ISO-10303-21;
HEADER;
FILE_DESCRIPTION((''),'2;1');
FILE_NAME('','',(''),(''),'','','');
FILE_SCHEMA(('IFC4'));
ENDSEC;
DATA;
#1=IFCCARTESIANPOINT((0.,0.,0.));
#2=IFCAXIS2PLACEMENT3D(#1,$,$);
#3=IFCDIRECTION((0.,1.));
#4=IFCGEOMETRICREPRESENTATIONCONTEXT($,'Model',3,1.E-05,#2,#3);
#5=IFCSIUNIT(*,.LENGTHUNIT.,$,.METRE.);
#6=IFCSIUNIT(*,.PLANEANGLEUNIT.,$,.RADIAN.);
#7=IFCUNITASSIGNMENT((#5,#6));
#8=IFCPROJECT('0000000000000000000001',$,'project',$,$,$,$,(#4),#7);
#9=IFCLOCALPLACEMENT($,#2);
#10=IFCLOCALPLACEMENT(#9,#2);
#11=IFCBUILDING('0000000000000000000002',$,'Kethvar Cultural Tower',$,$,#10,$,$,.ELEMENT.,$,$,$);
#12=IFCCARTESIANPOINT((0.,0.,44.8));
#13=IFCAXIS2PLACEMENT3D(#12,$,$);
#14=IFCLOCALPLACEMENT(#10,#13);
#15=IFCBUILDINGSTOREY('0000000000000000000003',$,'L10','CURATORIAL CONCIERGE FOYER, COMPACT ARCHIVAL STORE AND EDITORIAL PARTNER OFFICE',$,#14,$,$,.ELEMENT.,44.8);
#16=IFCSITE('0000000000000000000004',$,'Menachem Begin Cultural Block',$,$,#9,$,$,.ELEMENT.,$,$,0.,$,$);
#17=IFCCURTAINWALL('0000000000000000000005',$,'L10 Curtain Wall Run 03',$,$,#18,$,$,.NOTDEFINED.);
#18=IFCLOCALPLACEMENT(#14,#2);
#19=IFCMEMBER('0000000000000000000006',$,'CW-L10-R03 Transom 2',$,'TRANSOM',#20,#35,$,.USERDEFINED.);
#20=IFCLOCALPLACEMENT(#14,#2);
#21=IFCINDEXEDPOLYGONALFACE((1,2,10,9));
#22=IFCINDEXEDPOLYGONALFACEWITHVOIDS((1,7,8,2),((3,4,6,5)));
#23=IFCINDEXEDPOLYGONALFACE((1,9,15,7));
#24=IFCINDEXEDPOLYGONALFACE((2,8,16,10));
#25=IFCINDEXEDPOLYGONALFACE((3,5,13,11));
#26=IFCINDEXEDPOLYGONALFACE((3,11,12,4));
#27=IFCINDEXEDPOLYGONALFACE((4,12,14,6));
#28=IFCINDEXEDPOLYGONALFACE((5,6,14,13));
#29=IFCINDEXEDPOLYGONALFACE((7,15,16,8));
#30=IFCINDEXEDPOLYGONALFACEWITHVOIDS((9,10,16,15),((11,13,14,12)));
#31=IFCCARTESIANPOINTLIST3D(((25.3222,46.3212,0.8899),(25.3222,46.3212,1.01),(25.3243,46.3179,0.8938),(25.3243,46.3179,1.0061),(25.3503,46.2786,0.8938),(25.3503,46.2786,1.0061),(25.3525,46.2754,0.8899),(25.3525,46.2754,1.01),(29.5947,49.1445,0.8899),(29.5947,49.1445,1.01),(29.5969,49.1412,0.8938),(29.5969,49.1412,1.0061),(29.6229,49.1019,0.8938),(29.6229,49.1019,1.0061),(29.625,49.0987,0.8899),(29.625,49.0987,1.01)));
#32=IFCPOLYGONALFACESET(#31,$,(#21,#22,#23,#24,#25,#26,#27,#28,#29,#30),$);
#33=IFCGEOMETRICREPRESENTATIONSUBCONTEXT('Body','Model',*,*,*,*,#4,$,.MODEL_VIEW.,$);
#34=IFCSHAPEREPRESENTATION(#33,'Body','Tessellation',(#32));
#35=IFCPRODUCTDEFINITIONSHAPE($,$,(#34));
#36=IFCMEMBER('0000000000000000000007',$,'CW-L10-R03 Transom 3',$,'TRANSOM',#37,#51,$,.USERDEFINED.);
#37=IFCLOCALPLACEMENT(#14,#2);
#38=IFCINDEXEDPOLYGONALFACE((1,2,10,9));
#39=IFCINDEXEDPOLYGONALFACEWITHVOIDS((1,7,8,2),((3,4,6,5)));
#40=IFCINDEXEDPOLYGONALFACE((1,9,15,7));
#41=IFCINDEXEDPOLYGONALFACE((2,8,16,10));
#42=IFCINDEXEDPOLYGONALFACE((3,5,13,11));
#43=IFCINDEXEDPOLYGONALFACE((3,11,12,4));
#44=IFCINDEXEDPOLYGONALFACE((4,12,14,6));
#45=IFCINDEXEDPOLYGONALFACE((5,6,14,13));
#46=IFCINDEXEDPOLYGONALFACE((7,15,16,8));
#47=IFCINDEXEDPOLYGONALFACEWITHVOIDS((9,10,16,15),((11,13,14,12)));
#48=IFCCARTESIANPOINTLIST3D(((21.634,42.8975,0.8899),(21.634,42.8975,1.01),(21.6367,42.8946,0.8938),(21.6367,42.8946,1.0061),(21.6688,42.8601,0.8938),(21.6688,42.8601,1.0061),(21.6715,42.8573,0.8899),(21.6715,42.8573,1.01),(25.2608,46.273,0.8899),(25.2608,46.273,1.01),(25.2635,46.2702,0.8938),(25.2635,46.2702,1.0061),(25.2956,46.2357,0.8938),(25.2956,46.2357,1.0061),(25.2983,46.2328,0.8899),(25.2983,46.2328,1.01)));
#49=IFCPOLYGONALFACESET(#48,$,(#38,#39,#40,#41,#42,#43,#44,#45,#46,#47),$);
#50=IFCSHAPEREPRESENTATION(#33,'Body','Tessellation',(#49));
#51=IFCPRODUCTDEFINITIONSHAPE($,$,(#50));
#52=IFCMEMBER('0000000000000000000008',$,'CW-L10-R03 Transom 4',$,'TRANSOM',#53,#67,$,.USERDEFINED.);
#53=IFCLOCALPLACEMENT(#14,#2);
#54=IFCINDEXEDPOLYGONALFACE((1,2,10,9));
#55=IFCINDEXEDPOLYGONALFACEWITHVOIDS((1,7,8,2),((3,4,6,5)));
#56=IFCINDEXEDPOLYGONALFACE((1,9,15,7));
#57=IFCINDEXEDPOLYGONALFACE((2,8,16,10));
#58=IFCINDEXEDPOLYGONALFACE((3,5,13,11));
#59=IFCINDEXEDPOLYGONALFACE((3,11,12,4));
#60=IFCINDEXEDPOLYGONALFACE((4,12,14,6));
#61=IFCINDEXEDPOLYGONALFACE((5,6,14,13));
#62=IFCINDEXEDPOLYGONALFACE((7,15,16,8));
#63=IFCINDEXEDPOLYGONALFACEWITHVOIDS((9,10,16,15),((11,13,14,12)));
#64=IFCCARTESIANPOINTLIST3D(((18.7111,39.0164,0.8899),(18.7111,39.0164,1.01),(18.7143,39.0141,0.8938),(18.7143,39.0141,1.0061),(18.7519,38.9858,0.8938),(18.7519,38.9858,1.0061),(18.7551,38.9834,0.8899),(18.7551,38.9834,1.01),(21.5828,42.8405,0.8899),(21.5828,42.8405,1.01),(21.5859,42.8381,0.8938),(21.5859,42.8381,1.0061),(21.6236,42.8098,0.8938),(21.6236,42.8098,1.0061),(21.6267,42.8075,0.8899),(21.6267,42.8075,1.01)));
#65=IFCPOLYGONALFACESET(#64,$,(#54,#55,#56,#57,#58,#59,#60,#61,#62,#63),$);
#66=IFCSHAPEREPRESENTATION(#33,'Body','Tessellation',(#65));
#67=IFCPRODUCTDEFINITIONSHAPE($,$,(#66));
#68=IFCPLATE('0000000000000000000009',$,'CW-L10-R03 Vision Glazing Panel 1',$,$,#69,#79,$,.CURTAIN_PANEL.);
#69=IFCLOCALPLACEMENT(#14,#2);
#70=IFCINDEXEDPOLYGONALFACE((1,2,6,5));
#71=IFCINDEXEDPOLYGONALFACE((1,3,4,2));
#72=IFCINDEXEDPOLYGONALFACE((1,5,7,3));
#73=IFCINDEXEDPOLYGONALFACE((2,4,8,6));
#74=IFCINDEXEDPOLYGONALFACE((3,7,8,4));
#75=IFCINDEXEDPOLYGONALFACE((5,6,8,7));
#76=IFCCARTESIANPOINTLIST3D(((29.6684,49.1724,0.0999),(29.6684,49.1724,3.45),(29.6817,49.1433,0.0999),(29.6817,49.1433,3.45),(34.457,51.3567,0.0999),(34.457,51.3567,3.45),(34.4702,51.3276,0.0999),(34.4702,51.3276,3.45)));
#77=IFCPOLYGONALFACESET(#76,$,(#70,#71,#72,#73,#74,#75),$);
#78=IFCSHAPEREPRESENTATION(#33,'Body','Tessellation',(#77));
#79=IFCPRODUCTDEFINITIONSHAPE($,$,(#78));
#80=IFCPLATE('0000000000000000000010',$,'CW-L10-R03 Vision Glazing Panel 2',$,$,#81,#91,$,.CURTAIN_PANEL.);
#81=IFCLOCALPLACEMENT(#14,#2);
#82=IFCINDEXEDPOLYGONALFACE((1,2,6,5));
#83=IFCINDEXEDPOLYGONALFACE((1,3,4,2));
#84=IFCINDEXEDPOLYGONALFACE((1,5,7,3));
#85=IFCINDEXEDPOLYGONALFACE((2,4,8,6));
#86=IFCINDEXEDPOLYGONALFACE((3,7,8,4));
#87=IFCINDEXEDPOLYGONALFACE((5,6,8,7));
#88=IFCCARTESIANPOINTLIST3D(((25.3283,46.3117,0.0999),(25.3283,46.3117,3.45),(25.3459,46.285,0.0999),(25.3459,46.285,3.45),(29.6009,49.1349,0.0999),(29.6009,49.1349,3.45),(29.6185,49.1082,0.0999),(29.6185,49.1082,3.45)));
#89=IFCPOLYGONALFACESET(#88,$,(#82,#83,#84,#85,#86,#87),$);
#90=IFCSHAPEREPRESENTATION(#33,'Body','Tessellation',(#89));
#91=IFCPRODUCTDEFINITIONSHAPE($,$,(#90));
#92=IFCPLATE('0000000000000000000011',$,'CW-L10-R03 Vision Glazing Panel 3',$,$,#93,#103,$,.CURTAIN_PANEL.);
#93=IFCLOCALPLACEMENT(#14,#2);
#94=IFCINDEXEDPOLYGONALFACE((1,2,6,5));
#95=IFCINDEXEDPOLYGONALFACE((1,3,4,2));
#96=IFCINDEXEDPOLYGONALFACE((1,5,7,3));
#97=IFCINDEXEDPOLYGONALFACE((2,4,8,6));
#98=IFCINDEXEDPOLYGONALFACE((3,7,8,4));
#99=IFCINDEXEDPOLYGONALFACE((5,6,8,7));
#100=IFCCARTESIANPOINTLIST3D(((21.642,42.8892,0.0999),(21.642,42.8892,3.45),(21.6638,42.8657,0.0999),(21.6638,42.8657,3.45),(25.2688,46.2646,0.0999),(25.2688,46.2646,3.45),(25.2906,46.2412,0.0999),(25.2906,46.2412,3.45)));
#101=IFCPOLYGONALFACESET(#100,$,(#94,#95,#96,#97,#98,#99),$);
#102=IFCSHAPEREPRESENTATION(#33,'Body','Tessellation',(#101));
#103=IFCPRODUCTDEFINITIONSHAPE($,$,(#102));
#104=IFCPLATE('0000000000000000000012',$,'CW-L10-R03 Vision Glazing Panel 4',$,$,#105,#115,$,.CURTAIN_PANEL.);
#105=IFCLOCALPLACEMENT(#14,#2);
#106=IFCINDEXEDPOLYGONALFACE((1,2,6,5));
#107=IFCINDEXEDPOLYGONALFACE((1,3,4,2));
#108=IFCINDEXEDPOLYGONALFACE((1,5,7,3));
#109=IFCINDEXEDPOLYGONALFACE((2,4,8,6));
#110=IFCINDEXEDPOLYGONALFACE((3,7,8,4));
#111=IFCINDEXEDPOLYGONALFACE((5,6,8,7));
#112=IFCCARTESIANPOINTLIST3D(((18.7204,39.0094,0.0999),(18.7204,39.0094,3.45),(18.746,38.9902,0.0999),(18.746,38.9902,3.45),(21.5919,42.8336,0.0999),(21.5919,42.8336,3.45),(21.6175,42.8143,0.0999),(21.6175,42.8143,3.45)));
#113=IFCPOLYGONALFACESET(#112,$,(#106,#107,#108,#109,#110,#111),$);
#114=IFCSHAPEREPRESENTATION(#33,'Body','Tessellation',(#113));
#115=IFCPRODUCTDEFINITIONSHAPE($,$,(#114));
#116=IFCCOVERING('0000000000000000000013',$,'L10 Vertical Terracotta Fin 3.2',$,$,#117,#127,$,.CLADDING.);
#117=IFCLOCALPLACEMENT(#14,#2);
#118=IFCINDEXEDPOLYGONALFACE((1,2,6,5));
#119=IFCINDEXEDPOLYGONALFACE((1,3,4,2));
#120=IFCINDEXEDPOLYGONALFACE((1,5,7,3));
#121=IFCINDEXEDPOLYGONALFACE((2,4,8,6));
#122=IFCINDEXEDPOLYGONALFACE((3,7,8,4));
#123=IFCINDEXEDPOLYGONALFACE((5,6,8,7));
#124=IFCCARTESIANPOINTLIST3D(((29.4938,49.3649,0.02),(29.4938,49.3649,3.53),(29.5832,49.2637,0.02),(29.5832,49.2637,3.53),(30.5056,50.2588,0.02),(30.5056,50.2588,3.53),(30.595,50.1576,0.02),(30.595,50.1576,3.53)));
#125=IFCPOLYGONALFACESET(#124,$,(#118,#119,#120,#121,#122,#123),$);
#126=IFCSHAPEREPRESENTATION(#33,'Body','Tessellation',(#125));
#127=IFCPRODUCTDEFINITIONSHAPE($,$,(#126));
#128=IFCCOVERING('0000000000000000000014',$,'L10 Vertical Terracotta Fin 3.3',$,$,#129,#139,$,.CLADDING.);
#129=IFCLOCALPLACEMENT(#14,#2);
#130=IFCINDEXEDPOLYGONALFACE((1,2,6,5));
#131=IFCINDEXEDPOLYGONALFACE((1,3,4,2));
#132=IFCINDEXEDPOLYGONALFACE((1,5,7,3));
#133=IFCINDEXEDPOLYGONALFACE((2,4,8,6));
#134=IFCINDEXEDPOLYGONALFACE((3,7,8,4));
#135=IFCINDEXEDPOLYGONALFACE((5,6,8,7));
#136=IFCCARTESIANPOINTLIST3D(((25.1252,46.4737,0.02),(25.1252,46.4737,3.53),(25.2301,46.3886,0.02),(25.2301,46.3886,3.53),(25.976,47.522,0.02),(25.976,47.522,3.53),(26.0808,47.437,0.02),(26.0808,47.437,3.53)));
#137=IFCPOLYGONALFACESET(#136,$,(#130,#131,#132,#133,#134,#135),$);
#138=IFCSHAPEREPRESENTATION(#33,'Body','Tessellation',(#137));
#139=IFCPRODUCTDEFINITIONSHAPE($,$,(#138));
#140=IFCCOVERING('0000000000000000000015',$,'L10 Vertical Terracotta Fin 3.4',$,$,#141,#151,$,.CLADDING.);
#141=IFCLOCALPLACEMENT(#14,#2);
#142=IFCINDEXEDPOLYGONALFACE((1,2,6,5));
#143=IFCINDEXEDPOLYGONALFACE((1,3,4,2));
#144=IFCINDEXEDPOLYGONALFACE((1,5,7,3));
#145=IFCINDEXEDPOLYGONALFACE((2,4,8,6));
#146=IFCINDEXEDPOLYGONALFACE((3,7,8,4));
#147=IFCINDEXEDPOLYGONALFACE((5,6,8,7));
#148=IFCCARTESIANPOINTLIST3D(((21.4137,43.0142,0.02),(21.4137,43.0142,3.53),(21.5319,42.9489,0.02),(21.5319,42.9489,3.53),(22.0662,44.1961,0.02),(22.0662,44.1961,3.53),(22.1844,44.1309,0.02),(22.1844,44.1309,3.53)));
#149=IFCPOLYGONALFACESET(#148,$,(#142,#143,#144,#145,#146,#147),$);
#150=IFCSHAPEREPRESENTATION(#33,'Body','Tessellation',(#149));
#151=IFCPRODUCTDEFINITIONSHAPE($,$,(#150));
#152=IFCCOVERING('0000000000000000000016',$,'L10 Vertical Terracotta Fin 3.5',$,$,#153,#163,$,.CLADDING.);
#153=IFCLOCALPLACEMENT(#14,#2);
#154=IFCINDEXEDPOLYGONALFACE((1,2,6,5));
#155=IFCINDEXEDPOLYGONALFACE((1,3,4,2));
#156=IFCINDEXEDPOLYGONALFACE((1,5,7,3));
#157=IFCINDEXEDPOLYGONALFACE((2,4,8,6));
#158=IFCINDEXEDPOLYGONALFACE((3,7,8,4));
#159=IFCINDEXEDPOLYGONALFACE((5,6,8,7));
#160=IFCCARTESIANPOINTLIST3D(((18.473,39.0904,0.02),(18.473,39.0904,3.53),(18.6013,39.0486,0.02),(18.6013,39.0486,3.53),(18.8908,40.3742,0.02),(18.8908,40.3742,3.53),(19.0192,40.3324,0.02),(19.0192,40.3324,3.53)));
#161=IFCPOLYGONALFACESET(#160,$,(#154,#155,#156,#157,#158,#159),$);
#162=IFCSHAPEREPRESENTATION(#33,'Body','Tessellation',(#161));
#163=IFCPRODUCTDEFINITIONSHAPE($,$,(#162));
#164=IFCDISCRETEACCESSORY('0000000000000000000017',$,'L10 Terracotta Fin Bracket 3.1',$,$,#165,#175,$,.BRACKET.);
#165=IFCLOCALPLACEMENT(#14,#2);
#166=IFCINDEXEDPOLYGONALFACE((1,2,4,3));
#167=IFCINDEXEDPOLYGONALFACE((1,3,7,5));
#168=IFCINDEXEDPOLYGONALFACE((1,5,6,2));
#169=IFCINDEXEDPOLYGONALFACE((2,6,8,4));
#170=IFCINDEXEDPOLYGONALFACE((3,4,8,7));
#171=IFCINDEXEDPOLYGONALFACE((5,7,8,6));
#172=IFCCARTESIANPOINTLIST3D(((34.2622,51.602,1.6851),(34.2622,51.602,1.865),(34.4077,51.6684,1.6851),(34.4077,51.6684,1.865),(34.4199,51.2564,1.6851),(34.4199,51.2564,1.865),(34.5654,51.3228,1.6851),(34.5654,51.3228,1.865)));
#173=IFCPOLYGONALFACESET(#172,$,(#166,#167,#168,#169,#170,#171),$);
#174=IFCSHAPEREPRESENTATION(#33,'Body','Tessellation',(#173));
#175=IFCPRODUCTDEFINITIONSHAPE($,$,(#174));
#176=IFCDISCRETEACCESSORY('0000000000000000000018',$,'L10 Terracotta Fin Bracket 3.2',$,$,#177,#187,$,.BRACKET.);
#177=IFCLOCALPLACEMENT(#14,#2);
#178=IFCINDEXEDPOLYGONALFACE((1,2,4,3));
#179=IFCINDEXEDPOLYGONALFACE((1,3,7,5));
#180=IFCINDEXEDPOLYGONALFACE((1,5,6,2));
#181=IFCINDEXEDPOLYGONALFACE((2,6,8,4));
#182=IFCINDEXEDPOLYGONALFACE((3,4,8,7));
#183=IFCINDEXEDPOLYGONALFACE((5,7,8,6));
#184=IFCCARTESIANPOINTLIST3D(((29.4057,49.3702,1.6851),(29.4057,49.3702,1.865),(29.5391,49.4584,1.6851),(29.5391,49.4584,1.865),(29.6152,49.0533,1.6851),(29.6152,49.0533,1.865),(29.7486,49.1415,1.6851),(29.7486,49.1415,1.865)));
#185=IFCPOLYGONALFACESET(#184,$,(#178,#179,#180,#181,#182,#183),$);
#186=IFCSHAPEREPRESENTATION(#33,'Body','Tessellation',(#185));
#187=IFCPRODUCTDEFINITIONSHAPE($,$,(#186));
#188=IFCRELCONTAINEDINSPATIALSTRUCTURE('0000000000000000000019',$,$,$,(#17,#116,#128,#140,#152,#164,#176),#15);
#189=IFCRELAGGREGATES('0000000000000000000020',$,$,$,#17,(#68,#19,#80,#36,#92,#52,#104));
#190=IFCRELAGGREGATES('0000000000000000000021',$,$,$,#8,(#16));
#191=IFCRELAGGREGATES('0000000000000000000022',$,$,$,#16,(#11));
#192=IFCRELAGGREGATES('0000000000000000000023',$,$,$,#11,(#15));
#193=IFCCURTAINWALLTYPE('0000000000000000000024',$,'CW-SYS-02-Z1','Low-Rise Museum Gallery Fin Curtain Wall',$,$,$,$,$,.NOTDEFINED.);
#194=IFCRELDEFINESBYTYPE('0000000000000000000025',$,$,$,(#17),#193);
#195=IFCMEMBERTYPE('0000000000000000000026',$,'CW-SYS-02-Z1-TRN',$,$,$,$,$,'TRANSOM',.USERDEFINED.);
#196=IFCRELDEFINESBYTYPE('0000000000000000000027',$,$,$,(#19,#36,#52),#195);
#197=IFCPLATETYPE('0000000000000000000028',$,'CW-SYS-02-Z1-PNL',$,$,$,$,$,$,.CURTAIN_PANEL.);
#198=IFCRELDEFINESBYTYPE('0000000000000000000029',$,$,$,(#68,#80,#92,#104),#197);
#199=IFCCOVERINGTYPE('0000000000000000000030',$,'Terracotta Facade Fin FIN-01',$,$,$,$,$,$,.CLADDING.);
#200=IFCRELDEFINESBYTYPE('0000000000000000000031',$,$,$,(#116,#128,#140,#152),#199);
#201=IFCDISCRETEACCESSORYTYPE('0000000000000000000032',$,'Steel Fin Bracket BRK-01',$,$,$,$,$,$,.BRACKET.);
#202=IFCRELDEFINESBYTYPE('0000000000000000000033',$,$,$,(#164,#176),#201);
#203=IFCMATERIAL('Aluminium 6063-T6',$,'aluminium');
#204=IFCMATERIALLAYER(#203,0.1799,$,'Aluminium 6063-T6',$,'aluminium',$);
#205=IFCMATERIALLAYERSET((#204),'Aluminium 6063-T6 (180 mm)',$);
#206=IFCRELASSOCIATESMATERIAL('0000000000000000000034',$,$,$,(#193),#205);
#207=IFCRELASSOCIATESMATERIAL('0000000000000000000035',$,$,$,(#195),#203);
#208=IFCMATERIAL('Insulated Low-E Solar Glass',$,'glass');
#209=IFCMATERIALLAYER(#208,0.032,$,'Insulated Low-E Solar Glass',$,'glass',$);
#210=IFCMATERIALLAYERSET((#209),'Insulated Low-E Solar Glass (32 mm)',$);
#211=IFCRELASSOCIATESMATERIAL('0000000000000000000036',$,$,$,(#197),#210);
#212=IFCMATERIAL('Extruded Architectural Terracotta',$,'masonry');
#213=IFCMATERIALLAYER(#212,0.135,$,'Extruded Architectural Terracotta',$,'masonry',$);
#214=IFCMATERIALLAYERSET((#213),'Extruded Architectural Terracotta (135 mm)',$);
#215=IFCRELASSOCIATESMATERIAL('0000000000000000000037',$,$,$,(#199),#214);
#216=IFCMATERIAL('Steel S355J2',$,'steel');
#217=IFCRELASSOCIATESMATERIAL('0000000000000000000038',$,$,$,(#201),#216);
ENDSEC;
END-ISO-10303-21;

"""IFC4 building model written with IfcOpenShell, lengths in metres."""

from ifc_helpers import new_model, si_unit, direction, frame, origin, origin_2d, place, context, subcontext, project, spatial, rectangle, hollow_rectangle, extrude, source, transform, mapped, material, layer, layer_set, material_profile, profile_set, type_object, element, aggregate, save


model = new_model("IFC4")

# Units and contexts
model_context = context("Model", 3, precision=1e-05, world=origin(), true_north=direction((0.0, 1.0)))
body_context = subcontext(model_context, "Body", "Model", "MODEL_VIEW")
ifc_project = project(units=[si_unit("LENGTHUNIT", "METRE"), si_unit("PLANEANGLEUNIT", "RADIAN")], contexts=[model_context])

# Site, building, storey
site_placement = place(None, origin())
site = spatial("IfcSite", under=ifc_project, at=site_placement, Name="Menachem Begin Cultural Block", CompositionType="ELEMENT", RefElevation=0.0)
building_placement = place(site_placement, origin())
building = spatial("IfcBuilding", under=site, at=building_placement, Name="Kethvar Cultural Tower", CompositionType="ELEMENT")
storey_placement = place(building_placement, frame((0.0, 0.0, 44.8)))
storey = spatial("IfcBuildingStorey", under=building, at=storey_placement, Name="L10", Description="CURATORIAL CONCIERGE FOYER, COMPACT ARCHIVAL STORE AND EDITORIAL PARTNER OFFICE", CompositionType="ELEMENT", Elevation=44.8)

# Shared definitions
ifc_material_1 = material(Name="Steel S355J2", Category="steel")

# Curtain wall, members, plates
ifc_material_2 = material(Name="Aluminium 6063-T6", Category="aluminium")
ifc_layer_1 = layer(ifc_material_2, 0.1799, Name="Aluminium 6063-T6", Category="aluminium")
ifc_layer_set_1 = layer_set([ifc_layer_1], Name="Aluminium 6063-T6 (180 mm)")
curtain_wall_type = type_object("IfcCurtainWallType", Name="CW-SYS-02-Z1", Description="Low-Rise Museum Gallery Fin Curtain Wall", PredefinedType="NOTDEFINED", material=ifc_layer_set_1)
curtain_wall_placement = place(storey_placement, origin())
curtain_wall = element("IfcCurtainWall", 1, at=curtain_wall_placement, inside=storey, type_object=curtain_wall_type, Name="L10 Curtain Wall Run 03", PredefinedType="NOTDEFINED")
ifc_material_profile_1 = material_profile(ifc_material_2, hollow_rectangle(XDim=0.0549, YDim=0.1201, WallThickness=0.0039, at=origin_2d()), Name="Aluminium 6063-T6 — RHS120x55x4")
ifc_profile_set_1 = profile_set([ifc_material_profile_1], Name="Aluminium 6063-T6 — RHS120x55x4")
member_type_1 = type_object("IfcMemberType", Name="CW-SYS-02-Z1-TRN", ElementType="TRANSOM", PredefinedType="USERDEFINED", material=ifc_profile_set_1)
shared_shape_1 = source(origin(), body_context, "Body", "SweptSolid", [
    extrude(hollow_rectangle(XDim=0.0549, YDim=0.1201, WallThickness=0.0039, at=origin_2d()), origin(), (0.0, 0.0, 1.0), 5.1211),
])
member_1_placement = place(storey_placement, frame((29.6099, 49.1216, 0.95), z_axis=(-0.834302, -0.551307, 0.0), x_axis=(0.551307, -0.834302, 0.0)))
member_1 = element("IfcMember", 2, at=member_1_placement, type_object=member_type_1, Name="CW-L10-R03 Transom 2", ObjectType="TRANSOM", PredefinedType="USERDEFINED", context=body_context, shape_type="MappedRepresentation", body=[
    mapped(shared_shape_1, transform((0.0, 0.0, 0.0), scale=1.0)),
])
shared_shape_2 = source(origin(), body_context, "Body", "SweptSolid", [
    extrude(hollow_rectangle(XDim=0.0549, YDim=0.1201, WallThickness=0.0039, at=origin_2d()), origin(), (0.0, 0.0, 1.0), 4.9546),
])
member_2_placement = place(storey_placement, frame((25.2795, 46.2529, 0.95), z_axis=(-0.732005, -0.681299, 0.0), x_axis=(0.681299, -0.732005, 0.0)))
member_2 = element("IfcMember", 3, at=member_2_placement, type_object=member_type_1, Name="CW-L10-R03 Transom 3", ObjectType="TRANSOM", PredefinedType="USERDEFINED", context=body_context, shape_type="MappedRepresentation", body=[
    mapped(shared_shape_2, transform((0.0, 0.0, 0.0), scale=1.0)),
])
shared_shape_3 = source(origin(), body_context, "Body", "SweptSolid", [
    extrude(hollow_rectangle(XDim=0.0549, YDim=0.1201, WallThickness=0.0039, at=origin_2d()), origin(), (0.0, 0.0, 1.0), 4.7822),
])
member_3_placement = place(storey_placement, frame((21.6047, 42.824, 0.95), z_axis=(-0.600482, -0.799638, 0.0), x_axis=(0.799638, -0.600482, 0.0)))
member_3 = element("IfcMember", 4, at=member_3_placement, type_object=member_type_1, Name="CW-L10-R03 Transom 4", ObjectType="TRANSOM", PredefinedType="USERDEFINED", context=body_context, shape_type="MappedRepresentation", body=[
    mapped(shared_shape_3, transform((0.0, 0.0, 0.0), scale=1.0)),
])
ifc_material_3 = material(Name="Insulated Low-E Solar Glass", Category="glass")
ifc_layer_2 = layer(ifc_material_3, 0.032, Name="Insulated Low-E Solar Glass", Category="glass")
ifc_layer_set_2 = layer_set([ifc_layer_2], Name="Insulated Low-E Solar Glass (32 mm)")
plate_type = type_object("IfcPlateType", Name="CW-SYS-02-Z1-PNL", PredefinedType="CURTAIN_PANEL", material=ifc_layer_set_2)
shared_shape_4 = source(origin(), body_context, "Body", "SweptSolid", [
    extrude(rectangle(XDim=5.2632, YDim=0.032, at=origin_2d()), origin(), (0.0, 0.0, 1.0), 3.3501),
])
plate_1_placement = place(storey_placement, frame((32.0693, 50.25, 0.0999), z_axis=(0.0, 0.0, 1.0), x_axis=(-0.909816, -0.415011, 0.0)))
plate_1 = element("IfcPlate", 5, at=plate_1_placement, type_object=plate_type, Name="CW-L10-R03 Vision Glazing Panel 1", PredefinedType="CURTAIN_PANEL", context=body_context, shape_type="MappedRepresentation", body=[
    mapped(shared_shape_4, transform((0.0, 0.0, 0.0), scale=1.0)),
])
shared_shape_5 = source(origin(), body_context, "Body", "SweptSolid", [
    extrude(rectangle(XDim=5.1211, YDim=0.032, at=origin_2d()), origin(), (0.0, 0.0, 1.0), 3.3501),
])
plate_2_placement = place(storey_placement, frame((27.4734, 47.71, 0.0999), z_axis=(0.0, 0.0, 1.0), x_axis=(-0.834309, -0.551296, 0.0)))
plate_2 = element("IfcPlate", 6, at=plate_2_placement, type_object=plate_type, Name="CW-L10-R03 Vision Glazing Panel 2", PredefinedType="CURTAIN_PANEL", context=body_context, shape_type="MappedRepresentation", body=[
    mapped(shared_shape_5, transform((0.0, 0.0, 0.0), scale=1.0)),
])
shared_shape_6 = source(origin(), body_context, "Body", "SweptSolid", [
    extrude(rectangle(XDim=4.9546, YDim=0.032, at=origin_2d()), origin(), (0.0, 0.0, 1.0), 3.3501),
])
plate_3_placement = place(storey_placement, frame((23.4663, 44.5652, 0.0999), z_axis=(0.0, 0.0, 1.0), x_axis=(-0.73202, -0.681283, 0.0)))
plate_3 = element("IfcPlate", 7, at=plate_3_placement, type_object=plate_type, Name="CW-L10-R03 Vision Glazing Panel 3", PredefinedType="CURTAIN_PANEL", context=body_context, shape_type="MappedRepresentation", body=[
    mapped(shared_shape_6, transform((0.0, 0.0, 0.0), scale=1.0)),
])
shared_shape_7 = source(origin(), body_context, "Body", "SweptSolid", [
    extrude(rectangle(XDim=4.7822, YDim=0.032, at=origin_2d()), origin(), (0.0, 0.0, 1.0), 3.3501),
])
plate_4_placement = place(storey_placement, frame((20.1689, 40.9119, 0.0999), z_axis=(0.0, 0.0, 1.0), x_axis=(-0.600448, -0.799664, 0.0)))
plate_4 = element("IfcPlate", 8, at=plate_4_placement, type_object=plate_type, Name="CW-L10-R03 Vision Glazing Panel 4", PredefinedType="CURTAIN_PANEL", context=body_context, shape_type="MappedRepresentation", body=[
    mapped(shared_shape_7, transform((0.0, 0.0, 0.0), scale=1.0)),
])
aggregate(curtain_wall, [plate_1, member_1, plate_2, member_2, plate_3, member_3, plate_4])

# Coverings
ifc_material_4 = material(Name="Extruded Architectural Terracotta", Category="masonry")
ifc_layer_3 = layer(ifc_material_4, 0.135, Name="Extruded Architectural Terracotta", Category="masonry")
ifc_layer_set_3 = layer_set([ifc_layer_3], Name="Extruded Architectural Terracotta (135 mm)")
covering_type = type_object("IfcCoveringType", Name="Terracotta Facade Fin FIN-01", PredefinedType="CLADDING", material=ifc_layer_set_3)
shared_shape_8 = source(origin(), body_context, "Body", "SweptSolid", [
    extrude(rectangle(XDim=1.3501, YDim=0.135, at=origin_2d()), origin(), (0.0, 0.0, 1.0), 3.51),
])
for number, where, z_axis, x_axis, name in (
    (9, (30.0444, 49.7612, 0.02), (0.0, 0.0, 1.0), (0.749418, 0.662097, 0.0), "L10 Vertical Terracotta Fin 3.2"),
    (10, (25.603, 46.9553, 0.02), (0.0, 0.0, 1.0), (0.630134, 0.776487, 0.0), "L10 Vertical Terracotta Fin 3.3"),
    (11, (21.7991, 43.5725, 0.02), (0.0, 0.0, 1.0), (0.483282, 0.875465, 0.0), "L10 Vertical Terracotta Fin 3.4"),
    (12, (18.7461, 39.7114, 0.02), (0.0, 0.0, 1.0), (0.309515, 0.950895, 0.0), "L10 Vertical Terracotta Fin 3.5"),
):
    element("IfcCovering", number, at=place(storey_placement, frame(where, z_axis=z_axis, x_axis=x_axis)), inside=storey, type_object=covering_type, Name=name, PredefinedType="CLADDING", context=body_context, shape_type="MappedRepresentation", body=[
        mapped(shared_shape_8, transform((0.0, 0.0, 0.0), scale=1.0)),
    ])

# Discrete accessories
discrete_accessory_type = type_object("IfcDiscreteAccessoryType", Name="Steel Fin Bracket BRK-01", PredefinedType="BRACKET", material=ifc_material_1)
shared_shape_9 = source(origin(), body_context, "Body", "SweptSolid", [
    extrude(rectangle(XDim=0.3799, YDim=0.1599, at=origin_2d()), origin(), (0.0, 0.0, 1.0), 0.1799),
])
for number, where, z_axis, x_axis, name in (
    (13, (34.4138, 51.4624, 1.6851), (0.0, 0.0, 1.0), (-0.415011, 0.909816, 0.0), "L10 Terracotta Fin Bracket 3.1"),
    (14, (29.5771, 49.2559, 1.6851), (0.0, 0.0, 1.0), (-0.551355, 0.834271, 0.0), "L10 Terracotta Fin Bracket 3.2"),
):
    element("IfcDiscreteAccessory", number, at=place(storey_placement, frame(where, z_axis=z_axis, x_axis=x_axis)), inside=storey, type_object=discrete_accessory_type, Name=name, PredefinedType="BRACKET", context=body_context, shape_type="MappedRepresentation", body=[
        mapped(shared_shape_9, transform((0.0, 0.0, 0.0), scale=1.0)),
    ])

save(model, "model.ifc")
